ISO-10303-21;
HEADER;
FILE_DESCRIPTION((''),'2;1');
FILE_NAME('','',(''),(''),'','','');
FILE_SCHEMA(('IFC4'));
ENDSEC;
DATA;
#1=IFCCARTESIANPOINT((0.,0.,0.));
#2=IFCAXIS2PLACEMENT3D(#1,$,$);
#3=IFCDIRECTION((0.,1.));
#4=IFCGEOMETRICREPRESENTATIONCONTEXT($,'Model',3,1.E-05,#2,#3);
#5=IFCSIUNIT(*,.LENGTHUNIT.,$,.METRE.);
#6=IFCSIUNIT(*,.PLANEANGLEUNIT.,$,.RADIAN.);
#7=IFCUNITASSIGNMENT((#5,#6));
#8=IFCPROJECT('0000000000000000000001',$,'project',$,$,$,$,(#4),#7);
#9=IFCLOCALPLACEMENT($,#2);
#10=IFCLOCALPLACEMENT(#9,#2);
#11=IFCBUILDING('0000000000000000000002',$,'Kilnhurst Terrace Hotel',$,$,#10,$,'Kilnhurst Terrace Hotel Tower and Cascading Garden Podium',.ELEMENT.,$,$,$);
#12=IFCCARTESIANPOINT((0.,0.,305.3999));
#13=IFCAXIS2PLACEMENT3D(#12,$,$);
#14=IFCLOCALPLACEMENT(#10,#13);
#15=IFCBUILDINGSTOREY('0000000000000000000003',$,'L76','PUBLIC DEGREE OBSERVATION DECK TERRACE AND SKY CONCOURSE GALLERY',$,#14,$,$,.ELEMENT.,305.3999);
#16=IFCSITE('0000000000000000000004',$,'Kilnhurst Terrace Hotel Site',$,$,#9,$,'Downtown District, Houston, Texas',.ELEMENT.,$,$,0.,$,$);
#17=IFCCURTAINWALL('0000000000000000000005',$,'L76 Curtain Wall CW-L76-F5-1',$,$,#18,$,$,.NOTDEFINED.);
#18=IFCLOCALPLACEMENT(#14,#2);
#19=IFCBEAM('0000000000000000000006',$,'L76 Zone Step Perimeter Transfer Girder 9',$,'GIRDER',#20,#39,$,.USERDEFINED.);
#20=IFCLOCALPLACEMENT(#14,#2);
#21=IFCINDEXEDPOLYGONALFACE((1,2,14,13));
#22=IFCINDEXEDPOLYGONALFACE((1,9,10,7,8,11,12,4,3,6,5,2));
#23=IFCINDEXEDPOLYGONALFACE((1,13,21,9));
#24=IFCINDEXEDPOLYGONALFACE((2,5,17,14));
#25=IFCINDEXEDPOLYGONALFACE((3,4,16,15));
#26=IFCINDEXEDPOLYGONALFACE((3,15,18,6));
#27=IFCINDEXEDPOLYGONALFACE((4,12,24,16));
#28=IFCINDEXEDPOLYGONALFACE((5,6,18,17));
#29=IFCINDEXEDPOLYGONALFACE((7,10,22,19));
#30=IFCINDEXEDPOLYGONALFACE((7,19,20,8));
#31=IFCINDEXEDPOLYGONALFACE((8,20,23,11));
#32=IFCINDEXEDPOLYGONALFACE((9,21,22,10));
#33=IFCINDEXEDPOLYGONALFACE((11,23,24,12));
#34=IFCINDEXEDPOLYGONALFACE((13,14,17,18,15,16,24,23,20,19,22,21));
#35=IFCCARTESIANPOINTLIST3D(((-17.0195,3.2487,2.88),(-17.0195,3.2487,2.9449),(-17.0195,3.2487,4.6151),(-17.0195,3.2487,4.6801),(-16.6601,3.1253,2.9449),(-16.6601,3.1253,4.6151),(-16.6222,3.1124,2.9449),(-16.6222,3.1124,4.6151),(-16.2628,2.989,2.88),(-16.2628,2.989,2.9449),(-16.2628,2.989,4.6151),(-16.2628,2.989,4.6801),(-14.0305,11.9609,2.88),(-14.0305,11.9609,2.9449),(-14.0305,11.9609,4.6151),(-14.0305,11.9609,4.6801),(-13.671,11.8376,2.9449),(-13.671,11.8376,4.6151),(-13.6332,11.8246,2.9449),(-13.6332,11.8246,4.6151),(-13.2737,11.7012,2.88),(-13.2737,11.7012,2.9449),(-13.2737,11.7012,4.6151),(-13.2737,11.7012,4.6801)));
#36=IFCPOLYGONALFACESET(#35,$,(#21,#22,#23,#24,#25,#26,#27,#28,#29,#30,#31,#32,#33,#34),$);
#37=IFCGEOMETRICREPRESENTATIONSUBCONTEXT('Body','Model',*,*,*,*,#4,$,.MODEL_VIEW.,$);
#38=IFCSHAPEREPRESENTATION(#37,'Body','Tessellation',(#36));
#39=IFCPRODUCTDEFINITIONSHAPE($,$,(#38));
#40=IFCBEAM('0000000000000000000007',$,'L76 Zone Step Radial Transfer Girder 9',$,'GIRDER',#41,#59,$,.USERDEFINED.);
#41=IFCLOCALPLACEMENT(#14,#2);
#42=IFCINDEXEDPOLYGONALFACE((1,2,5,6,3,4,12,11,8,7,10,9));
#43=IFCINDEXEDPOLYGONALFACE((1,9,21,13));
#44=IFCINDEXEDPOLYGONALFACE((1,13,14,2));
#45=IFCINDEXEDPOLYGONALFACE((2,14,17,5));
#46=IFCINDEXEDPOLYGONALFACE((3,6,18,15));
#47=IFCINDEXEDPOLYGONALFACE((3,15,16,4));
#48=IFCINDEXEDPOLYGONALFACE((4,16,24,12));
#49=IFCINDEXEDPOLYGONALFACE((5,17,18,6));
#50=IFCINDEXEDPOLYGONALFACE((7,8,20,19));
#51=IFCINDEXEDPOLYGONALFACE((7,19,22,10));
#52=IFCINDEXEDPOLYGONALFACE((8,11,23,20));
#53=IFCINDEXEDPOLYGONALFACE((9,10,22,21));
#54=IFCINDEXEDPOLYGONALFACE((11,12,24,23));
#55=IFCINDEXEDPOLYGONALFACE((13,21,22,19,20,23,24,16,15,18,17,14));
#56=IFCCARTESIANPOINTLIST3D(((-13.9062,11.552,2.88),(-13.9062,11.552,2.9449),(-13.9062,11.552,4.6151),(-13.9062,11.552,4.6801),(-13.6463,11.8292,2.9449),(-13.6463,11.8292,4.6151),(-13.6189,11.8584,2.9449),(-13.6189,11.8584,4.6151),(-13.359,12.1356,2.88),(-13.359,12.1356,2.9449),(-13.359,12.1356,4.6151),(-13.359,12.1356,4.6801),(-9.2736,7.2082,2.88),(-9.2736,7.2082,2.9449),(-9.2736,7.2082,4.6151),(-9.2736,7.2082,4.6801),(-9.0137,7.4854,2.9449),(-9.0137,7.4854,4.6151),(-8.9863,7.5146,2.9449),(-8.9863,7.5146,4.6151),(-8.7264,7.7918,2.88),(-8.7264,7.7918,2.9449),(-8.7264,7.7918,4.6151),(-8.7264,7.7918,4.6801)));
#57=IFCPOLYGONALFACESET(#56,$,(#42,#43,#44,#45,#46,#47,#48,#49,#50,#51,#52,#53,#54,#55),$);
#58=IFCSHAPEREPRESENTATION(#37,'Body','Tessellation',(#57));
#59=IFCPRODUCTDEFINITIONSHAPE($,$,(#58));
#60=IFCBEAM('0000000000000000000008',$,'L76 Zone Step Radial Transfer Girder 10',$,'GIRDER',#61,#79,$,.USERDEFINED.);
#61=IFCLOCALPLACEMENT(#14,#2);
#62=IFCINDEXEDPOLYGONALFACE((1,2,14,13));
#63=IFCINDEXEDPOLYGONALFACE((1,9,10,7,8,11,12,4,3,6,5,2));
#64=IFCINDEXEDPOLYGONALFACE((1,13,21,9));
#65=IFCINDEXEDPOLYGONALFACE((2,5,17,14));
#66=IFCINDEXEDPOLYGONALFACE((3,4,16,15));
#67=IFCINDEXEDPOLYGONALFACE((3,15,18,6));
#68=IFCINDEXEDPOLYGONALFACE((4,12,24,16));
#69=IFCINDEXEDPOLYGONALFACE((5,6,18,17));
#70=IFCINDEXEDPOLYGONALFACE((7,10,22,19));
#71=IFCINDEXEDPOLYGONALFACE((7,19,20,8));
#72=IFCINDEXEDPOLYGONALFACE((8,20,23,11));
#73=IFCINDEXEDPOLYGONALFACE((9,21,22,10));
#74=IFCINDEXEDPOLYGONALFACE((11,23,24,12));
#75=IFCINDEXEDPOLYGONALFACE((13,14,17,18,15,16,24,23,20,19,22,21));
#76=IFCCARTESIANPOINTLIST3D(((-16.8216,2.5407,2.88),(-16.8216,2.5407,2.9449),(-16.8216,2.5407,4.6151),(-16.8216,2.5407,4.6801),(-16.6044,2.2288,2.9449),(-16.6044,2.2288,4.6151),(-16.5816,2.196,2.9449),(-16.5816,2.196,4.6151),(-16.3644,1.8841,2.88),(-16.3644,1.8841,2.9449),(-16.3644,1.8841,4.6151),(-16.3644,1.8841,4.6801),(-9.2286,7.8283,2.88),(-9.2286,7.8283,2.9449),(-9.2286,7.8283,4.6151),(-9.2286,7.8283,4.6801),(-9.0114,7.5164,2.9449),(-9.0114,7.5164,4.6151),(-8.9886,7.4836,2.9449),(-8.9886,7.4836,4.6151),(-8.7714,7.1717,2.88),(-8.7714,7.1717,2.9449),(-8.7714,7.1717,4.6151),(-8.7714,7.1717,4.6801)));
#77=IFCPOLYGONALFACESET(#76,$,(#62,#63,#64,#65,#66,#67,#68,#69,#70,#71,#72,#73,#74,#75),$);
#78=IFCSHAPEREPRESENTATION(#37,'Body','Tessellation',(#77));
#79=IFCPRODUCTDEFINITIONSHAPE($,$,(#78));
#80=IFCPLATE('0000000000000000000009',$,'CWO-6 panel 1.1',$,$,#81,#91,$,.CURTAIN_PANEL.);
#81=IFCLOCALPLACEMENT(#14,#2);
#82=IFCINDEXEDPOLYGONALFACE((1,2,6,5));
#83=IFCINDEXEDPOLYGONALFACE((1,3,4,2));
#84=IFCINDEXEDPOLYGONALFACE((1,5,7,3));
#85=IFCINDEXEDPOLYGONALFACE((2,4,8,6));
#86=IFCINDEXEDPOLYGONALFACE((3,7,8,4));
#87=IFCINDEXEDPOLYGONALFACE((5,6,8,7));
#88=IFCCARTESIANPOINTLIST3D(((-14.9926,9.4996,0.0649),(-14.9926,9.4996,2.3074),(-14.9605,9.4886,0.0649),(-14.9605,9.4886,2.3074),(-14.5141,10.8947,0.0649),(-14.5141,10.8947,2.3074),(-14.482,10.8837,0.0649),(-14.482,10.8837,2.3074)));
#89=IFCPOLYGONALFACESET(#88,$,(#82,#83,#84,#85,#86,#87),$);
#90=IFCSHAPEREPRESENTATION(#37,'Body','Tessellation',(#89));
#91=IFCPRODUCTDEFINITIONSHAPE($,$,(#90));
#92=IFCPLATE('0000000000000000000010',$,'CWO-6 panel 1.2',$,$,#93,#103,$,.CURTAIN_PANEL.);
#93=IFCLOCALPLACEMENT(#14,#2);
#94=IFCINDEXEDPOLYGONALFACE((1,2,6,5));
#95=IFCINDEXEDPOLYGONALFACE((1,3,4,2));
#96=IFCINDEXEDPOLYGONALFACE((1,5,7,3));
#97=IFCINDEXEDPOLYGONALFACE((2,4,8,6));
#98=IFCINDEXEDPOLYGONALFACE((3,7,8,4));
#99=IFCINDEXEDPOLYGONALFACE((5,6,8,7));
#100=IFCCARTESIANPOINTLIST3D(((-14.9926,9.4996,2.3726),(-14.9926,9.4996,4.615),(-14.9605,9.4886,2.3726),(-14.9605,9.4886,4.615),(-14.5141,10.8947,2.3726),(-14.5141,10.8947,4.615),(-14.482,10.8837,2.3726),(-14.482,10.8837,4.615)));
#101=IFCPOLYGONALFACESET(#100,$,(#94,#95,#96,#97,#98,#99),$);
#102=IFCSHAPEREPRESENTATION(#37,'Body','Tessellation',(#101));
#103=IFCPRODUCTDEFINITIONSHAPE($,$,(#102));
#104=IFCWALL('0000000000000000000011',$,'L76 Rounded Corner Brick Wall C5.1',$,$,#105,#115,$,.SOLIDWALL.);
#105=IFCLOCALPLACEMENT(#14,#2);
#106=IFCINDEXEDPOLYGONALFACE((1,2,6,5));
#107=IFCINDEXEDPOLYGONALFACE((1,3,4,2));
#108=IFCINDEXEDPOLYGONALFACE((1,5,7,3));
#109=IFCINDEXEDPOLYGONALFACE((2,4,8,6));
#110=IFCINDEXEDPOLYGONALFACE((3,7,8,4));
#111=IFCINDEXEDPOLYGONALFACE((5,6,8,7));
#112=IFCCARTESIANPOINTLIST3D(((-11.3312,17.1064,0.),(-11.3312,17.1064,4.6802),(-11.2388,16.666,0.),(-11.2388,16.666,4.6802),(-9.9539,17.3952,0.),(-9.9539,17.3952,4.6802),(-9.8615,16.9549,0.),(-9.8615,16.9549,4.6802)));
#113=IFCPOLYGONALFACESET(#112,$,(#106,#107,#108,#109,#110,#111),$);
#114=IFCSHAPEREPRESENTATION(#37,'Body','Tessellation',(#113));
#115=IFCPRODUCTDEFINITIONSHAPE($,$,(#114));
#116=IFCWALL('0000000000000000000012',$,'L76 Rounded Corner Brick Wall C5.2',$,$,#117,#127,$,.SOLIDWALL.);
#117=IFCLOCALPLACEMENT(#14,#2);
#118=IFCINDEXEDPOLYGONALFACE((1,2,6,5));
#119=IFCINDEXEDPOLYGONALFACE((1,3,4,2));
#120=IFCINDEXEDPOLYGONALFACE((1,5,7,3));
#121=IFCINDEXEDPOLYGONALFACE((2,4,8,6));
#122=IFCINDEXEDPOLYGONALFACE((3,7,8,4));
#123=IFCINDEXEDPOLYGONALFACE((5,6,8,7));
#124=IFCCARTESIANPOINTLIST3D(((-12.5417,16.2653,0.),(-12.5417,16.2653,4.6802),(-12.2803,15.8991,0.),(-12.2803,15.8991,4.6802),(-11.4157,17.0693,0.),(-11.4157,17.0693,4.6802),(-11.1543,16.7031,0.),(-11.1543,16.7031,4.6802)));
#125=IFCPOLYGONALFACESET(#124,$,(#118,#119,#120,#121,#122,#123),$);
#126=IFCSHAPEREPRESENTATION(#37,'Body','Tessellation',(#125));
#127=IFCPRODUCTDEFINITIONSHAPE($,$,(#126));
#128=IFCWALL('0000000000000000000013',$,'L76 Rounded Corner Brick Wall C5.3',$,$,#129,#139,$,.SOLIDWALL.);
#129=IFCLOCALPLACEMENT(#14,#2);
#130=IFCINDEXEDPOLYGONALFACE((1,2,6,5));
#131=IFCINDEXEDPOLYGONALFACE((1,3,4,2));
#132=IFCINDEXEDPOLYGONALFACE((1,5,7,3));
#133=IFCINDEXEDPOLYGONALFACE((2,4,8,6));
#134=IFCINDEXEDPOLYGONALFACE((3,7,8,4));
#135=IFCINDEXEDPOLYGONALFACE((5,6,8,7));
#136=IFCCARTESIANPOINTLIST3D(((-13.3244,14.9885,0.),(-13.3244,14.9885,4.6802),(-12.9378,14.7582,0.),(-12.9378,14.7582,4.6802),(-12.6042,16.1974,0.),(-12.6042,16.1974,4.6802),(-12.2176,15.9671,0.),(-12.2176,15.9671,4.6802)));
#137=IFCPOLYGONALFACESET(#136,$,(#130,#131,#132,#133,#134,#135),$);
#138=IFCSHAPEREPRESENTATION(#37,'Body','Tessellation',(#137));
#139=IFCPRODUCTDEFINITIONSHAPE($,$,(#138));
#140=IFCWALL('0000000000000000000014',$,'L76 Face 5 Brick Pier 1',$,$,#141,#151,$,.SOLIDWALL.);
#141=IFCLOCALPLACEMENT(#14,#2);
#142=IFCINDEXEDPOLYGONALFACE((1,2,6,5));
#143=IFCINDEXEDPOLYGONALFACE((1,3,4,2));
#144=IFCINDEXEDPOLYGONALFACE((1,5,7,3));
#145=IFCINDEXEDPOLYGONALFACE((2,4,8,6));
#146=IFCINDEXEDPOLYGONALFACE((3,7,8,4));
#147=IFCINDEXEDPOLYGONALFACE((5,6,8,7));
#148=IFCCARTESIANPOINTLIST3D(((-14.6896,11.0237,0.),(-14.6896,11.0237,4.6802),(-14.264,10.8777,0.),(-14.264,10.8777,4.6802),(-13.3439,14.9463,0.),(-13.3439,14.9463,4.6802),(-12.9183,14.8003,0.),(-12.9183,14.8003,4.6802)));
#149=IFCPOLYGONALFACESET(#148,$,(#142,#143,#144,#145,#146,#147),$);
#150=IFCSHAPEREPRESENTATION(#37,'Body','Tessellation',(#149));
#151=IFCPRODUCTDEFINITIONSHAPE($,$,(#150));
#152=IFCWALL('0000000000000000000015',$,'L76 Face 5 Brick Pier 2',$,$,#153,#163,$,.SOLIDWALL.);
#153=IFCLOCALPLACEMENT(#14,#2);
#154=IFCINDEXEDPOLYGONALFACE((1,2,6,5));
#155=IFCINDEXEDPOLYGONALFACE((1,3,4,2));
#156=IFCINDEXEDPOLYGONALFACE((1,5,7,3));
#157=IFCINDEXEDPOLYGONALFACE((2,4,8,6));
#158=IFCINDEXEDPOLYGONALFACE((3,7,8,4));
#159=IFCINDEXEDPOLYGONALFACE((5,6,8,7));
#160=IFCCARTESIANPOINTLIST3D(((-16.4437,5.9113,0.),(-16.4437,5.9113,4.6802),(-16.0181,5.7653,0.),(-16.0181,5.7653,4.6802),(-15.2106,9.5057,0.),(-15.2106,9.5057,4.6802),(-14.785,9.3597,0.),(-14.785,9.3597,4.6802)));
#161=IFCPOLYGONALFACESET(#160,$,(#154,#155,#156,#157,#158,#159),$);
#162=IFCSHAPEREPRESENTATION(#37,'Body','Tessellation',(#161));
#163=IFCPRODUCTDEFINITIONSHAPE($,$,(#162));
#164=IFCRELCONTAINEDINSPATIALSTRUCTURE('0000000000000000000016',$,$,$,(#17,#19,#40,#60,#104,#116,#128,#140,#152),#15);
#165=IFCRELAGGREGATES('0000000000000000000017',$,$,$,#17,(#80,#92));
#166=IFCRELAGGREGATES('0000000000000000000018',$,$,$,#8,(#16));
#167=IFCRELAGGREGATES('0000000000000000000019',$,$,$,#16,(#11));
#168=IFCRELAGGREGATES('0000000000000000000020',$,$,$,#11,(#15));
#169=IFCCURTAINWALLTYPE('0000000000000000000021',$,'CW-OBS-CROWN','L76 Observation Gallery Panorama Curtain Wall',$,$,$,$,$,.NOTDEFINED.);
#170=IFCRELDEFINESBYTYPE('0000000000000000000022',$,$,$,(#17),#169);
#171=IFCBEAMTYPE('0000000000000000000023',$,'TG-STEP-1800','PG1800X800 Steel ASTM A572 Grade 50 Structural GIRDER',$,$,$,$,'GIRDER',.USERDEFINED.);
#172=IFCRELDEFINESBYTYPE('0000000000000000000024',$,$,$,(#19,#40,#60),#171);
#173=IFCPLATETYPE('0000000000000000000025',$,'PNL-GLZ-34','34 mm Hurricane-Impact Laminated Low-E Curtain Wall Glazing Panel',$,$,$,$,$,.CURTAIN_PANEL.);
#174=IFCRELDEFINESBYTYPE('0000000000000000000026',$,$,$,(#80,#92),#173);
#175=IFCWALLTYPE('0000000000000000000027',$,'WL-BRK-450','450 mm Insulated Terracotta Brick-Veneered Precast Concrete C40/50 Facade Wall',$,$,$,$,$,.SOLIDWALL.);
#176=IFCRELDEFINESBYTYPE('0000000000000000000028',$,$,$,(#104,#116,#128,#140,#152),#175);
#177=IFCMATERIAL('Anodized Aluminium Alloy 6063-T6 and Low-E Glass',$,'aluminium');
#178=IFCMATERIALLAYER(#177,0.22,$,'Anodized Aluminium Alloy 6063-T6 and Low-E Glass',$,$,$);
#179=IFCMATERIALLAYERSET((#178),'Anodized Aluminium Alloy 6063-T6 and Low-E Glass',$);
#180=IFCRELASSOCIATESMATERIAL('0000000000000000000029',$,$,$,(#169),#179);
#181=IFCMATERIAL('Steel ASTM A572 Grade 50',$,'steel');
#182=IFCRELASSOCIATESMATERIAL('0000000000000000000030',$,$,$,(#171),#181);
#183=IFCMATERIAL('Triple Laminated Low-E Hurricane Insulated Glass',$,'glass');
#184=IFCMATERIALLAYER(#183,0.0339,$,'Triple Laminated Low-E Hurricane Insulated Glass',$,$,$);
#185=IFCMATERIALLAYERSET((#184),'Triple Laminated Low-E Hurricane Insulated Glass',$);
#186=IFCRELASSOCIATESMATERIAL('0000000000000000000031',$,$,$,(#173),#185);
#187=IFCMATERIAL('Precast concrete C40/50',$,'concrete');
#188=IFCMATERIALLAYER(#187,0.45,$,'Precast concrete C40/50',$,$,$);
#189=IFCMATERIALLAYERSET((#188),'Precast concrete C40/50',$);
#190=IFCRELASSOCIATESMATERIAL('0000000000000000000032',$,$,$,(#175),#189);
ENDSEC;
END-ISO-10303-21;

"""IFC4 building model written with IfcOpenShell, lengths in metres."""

from ifc_helpers import new_model, si_unit, direction, frame, frame_2d, origin, origin_2d, place, context, subcontext, project, spatial, rectangle, i_section, extrude, material, layer, layer_set, material_profile, profile_set, type_object, element, aggregate, save


model = new_model("IFC4")

# Units and contexts
model_context = context("Model", 3, precision=1e-05, world=origin(), true_north=direction((0.0, 1.0)))
body_context = subcontext(model_context, "Body", "Model", "MODEL_VIEW")
ifc_project = project(units=[si_unit("LENGTHUNIT", "METRE"), si_unit("PLANEANGLEUNIT", "RADIAN")], contexts=[model_context])

# Site, building, storey
site_placement = place(None, origin())
site = spatial("IfcSite", under=ifc_project, at=site_placement, Name="Kilnhurst Terrace Hotel Site", LongName="Downtown District, Houston, Texas", CompositionType="ELEMENT", RefElevation=0.0)
building_placement = place(site_placement, origin())
building = spatial("IfcBuilding", under=site, at=building_placement, Name="Kilnhurst Terrace Hotel", LongName="Kilnhurst Terrace Hotel Tower and Cascading Garden Podium", CompositionType="ELEMENT")
storey_placement = place(building_placement, frame((0.0, 0.0, 305.3999)))
storey = spatial("IfcBuildingStorey", under=building, at=storey_placement, Name="L76", Description="PUBLIC DEGREE OBSERVATION DECK TERRACE AND SKY CONCOURSE GALLERY", CompositionType="ELEMENT", Elevation=305.3999)

# Curtain wall
ifc_material_1 = material(Name="Anodized Aluminium Alloy 6063-T6 and Low-E Glass", Category="aluminium")
ifc_layer_1 = layer(ifc_material_1, 0.22, Name="Anodized Aluminium Alloy 6063-T6 and Low-E Glass")
ifc_layer_set_1 = layer_set([ifc_layer_1], Name="Anodized Aluminium Alloy 6063-T6 and Low-E Glass")
curtain_wall_type = type_object("IfcCurtainWallType", Name="CW-OBS-CROWN", Description="L76 Observation Gallery Panorama Curtain Wall", PredefinedType="NOTDEFINED", material=ifc_layer_set_1)
curtain_wall_placement = place(storey_placement, origin())
curtain_wall = element("IfcCurtainWall", 1, at=curtain_wall_placement, inside=storey, type_object=curtain_wall_type, Name="L76 Curtain Wall CW-L76-F5-1", PredefinedType="NOTDEFINED")

# Beams
ifc_material_2 = material(Name="Steel ASTM A572 Grade 50", Category="steel")
ifc_material_profile_1 = material_profile(ifc_material_2, i_section(OverallWidth=0.8, OverallDepth=1.8, WebThickness=0.04, FlangeThickness=0.0649, at=origin_2d()), Name="PG1800X800")
ifc_profile_set_1 = profile_set([ifc_material_profile_1], Name="Steel ASTM A572 Grade 50")
beam_type_1 = type_object("IfcBeamType", Name="TG-STEP-1800", Description="PG1800X800 Steel ASTM A572 Grade 50 Structural GIRDER", ElementType="GIRDER", PredefinedType="USERDEFINED", material=ifc_profile_set_1)
beam_1_placement = place(storey_placement, frame((-13.6521, 11.8311, 3.78), z_axis=(-0.324517, -0.94588, 0.0), x_axis=(0.94588, -0.324517, 0.0)))
element("IfcBeam", 2, at=beam_1_placement, inside=storey, type_object=beam_type_1, Name="L76 Zone Step Perimeter Transfer Girder 9", ObjectType="GIRDER", PredefinedType="USERDEFINED", context=body_context, shape_type="SweptSolid", body=[
    extrude(i_section(OverallWidth=0.8, OverallDepth=1.8, WebThickness=0.04, FlangeThickness=0.0649, at=origin_2d()), origin(), (0.0, 0.0, 1.0), 9.2107),
])
beam_2_placement = place(storey_placement, frame((-9.0, 7.5, 3.78), z_axis=(-0.729481, 0.684001, 0.0), x_axis=(-0.684001, -0.729481, 0.0)))
element("IfcBeam", 3, at=beam_2_placement, inside=storey, type_object=beam_type_1, Name="L76 Zone Step Radial Transfer Girder 9", ObjectType="GIRDER", PredefinedType="USERDEFINED", context=body_context, shape_type="SweptSolid", body=[
    extrude(i_section(OverallWidth=0.8, OverallDepth=1.8, WebThickness=0.04, FlangeThickness=0.0649, at=origin_2d()), origin(), (0.0, 0.0, 1.0), 6.3506),
])
beam_3_placement = place(storey_placement, frame((-9.0, 7.5, 3.78), z_axis=(-0.820627, -0.571465, 0.0), x_axis=(0.571465, -0.820627, 0.0)))
element("IfcBeam", 4, at=beam_3_placement, inside=storey, type_object=beam_type_1, Name="L76 Zone Step Radial Transfer Girder 10", ObjectType="GIRDER", PredefinedType="USERDEFINED", context=body_context, shape_type="SweptSolid", body=[
    extrude(i_section(OverallWidth=0.8, OverallDepth=1.8, WebThickness=0.04, FlangeThickness=0.0649, at=origin_2d()), origin(), (0.0, 0.0, 1.0), 9.2527),
])

# Plates
ifc_material_3 = material(Name="Triple Laminated Low-E Hurricane Insulated Glass", Category="glass")
ifc_layer_2 = layer(ifc_material_3, 0.0339, Name="Triple Laminated Low-E Hurricane Insulated Glass")
ifc_layer_set_2 = layer_set([ifc_layer_2], Name="Triple Laminated Low-E Hurricane Insulated Glass")
plate_type = type_object("IfcPlateType", Name="PNL-GLZ-34", Description="34 mm Hurricane-Impact Laminated Low-E Curtain Wall Glazing Panel", PredefinedType="CURTAIN_PANEL", material=ifc_layer_set_2)
plate_1_placement = place(storey_placement, frame((-14.7373, 10.1917, 0.0649), z_axis=(0.0, 0.0, 1.0), x_axis=(-0.324496, -0.945887, 0.0)))
plate_1 = element("IfcPlate", 5, at=plate_1_placement, type_object=plate_type, Name="CWO-6 panel 1.1", PredefinedType="CURTAIN_PANEL", context=body_context, shape_type="SweptSolid", body=[
    extrude(rectangle(XDim=1.4749, YDim=0.0339, at=origin_2d()), origin(), (0.0, 0.0, 1.0), 2.2424),
])
plate_2_placement = place(storey_placement, frame((-14.7373, 10.1917, 2.3726), z_axis=(0.0, 0.0, 1.0), x_axis=(-0.324496, -0.945887, 0.0)))
plate_2 = element("IfcPlate", 6, at=plate_2_placement, type_object=plate_type, Name="CWO-6 panel 1.2", PredefinedType="CURTAIN_PANEL", context=body_context, shape_type="SweptSolid", body=[
    extrude(rectangle(XDim=1.4749, YDim=0.0339, at=origin_2d()), origin(), (0.0, 0.0, 1.0), 2.2424),
])
aggregate(curtain_wall, [plate_1, plate_2])

# Walls
ifc_material_4 = material(Name="Precast concrete C40/50", Category="concrete")
ifc_layer_3 = layer(ifc_material_4, 0.45, Name="Precast concrete C40/50")
ifc_layer_set_3 = layer_set([ifc_layer_3], Name="Precast concrete C40/50")
wall_type_1 = type_object("IfcWallType", Name="WL-BRK-450", Description="450 mm Insulated Terracotta Brick-Veneered Precast Concrete C40/50 Facade Wall", PredefinedType="SOLIDWALL", material=ifc_layer_set_3)
wall_1_placement = place(storey_placement, frame((-9.9077, 17.175, 0.0), z_axis=(0.0, 0.0, 1.0), x_axis=(-0.97871, -0.20525, 0.0)))
element("IfcWall", 7, at=wall_1_placement, inside=storey, type_object=wall_type_1, Name="L76 Rounded Corner Brick Wall C5.1", PredefinedType="SOLIDWALL", context=body_context, shape_type="SweptSolid", body=[
    extrude(rectangle(XDim=1.4072, YDim=0.45, at=frame_2d((0.7036, 0.0))), origin(), (0.0, 0.0, 1.0), 4.6802),
])
wall_2_placement = place(storey_placement, frame((-11.2849, 16.8862, 0.0), z_axis=(0.0, 0.0, 1.0), x_axis=(-0.813841, -0.581088, 0.0)))
element("IfcWall", 8, at=wall_2_placement, inside=storey, type_object=wall_type_1, Name="L76 Rounded Corner Brick Wall C5.2", PredefinedType="SOLIDWALL", context=body_context, shape_type="SweptSolid", body=[
    extrude(rectangle(XDim=1.3835, YDim=0.45, at=frame_2d((0.6919, 0.0))), origin(), (0.0, 0.0, 1.0), 4.6802),
])
wall_3_placement = place(storey_placement, frame((-12.4109, 16.0823, 0.0), z_axis=(0.0, 0.0, 1.0), x_axis=(-0.511789, -0.859111, 0.0)))
element("IfcWall", 9, at=wall_3_placement, inside=storey, type_object=wall_type_1, Name="L76 Rounded Corner Brick Wall C5.3", PredefinedType="SOLIDWALL", context=body_context, shape_type="SweptSolid", body=[
    extrude(rectangle(XDim=1.4072, YDim=0.45, at=frame_2d((0.7036, 0.0))), origin(), (0.0, 0.0, 1.0), 4.6802),
])
wall_4_placement = place(storey_placement, frame((-13.1311, 14.8733, 0.0), z_axis=(0.0, 0.0, 1.0), x_axis=(-0.324499, -0.945886, 0.0)))
element("IfcWall", 10, at=wall_4_placement, inside=storey, type_object=wall_type_1, Name="L76 Face 5 Brick Pier 1", PredefinedType="SOLIDWALL", context=body_context, shape_type="SweptSolid", body=[
    extrude(rectangle(XDim=4.147, YDim=0.45, at=frame_2d((2.0735, 0.0))), origin(), (0.0, 0.0, 1.0), 4.6802),
])
wall_5_placement = place(storey_placement, frame((-14.9978, 9.4326, 0.0), z_axis=(0.0, 0.0, 1.0), x_axis=(-0.324503, -0.945885, 0.0)))
element("IfcWall", 11, at=wall_5_placement, inside=storey, type_object=wall_type_1, Name="L76 Face 5 Brick Pier 2", PredefinedType="SOLIDWALL", context=body_context, shape_type="SweptSolid", body=[
    extrude(rectangle(XDim=3.8, YDim=0.45, at=frame_2d((1.8999, 0.0))), origin(), (0.0, 0.0, 1.0), 4.6802),
])

save(model, "model.ifc")
